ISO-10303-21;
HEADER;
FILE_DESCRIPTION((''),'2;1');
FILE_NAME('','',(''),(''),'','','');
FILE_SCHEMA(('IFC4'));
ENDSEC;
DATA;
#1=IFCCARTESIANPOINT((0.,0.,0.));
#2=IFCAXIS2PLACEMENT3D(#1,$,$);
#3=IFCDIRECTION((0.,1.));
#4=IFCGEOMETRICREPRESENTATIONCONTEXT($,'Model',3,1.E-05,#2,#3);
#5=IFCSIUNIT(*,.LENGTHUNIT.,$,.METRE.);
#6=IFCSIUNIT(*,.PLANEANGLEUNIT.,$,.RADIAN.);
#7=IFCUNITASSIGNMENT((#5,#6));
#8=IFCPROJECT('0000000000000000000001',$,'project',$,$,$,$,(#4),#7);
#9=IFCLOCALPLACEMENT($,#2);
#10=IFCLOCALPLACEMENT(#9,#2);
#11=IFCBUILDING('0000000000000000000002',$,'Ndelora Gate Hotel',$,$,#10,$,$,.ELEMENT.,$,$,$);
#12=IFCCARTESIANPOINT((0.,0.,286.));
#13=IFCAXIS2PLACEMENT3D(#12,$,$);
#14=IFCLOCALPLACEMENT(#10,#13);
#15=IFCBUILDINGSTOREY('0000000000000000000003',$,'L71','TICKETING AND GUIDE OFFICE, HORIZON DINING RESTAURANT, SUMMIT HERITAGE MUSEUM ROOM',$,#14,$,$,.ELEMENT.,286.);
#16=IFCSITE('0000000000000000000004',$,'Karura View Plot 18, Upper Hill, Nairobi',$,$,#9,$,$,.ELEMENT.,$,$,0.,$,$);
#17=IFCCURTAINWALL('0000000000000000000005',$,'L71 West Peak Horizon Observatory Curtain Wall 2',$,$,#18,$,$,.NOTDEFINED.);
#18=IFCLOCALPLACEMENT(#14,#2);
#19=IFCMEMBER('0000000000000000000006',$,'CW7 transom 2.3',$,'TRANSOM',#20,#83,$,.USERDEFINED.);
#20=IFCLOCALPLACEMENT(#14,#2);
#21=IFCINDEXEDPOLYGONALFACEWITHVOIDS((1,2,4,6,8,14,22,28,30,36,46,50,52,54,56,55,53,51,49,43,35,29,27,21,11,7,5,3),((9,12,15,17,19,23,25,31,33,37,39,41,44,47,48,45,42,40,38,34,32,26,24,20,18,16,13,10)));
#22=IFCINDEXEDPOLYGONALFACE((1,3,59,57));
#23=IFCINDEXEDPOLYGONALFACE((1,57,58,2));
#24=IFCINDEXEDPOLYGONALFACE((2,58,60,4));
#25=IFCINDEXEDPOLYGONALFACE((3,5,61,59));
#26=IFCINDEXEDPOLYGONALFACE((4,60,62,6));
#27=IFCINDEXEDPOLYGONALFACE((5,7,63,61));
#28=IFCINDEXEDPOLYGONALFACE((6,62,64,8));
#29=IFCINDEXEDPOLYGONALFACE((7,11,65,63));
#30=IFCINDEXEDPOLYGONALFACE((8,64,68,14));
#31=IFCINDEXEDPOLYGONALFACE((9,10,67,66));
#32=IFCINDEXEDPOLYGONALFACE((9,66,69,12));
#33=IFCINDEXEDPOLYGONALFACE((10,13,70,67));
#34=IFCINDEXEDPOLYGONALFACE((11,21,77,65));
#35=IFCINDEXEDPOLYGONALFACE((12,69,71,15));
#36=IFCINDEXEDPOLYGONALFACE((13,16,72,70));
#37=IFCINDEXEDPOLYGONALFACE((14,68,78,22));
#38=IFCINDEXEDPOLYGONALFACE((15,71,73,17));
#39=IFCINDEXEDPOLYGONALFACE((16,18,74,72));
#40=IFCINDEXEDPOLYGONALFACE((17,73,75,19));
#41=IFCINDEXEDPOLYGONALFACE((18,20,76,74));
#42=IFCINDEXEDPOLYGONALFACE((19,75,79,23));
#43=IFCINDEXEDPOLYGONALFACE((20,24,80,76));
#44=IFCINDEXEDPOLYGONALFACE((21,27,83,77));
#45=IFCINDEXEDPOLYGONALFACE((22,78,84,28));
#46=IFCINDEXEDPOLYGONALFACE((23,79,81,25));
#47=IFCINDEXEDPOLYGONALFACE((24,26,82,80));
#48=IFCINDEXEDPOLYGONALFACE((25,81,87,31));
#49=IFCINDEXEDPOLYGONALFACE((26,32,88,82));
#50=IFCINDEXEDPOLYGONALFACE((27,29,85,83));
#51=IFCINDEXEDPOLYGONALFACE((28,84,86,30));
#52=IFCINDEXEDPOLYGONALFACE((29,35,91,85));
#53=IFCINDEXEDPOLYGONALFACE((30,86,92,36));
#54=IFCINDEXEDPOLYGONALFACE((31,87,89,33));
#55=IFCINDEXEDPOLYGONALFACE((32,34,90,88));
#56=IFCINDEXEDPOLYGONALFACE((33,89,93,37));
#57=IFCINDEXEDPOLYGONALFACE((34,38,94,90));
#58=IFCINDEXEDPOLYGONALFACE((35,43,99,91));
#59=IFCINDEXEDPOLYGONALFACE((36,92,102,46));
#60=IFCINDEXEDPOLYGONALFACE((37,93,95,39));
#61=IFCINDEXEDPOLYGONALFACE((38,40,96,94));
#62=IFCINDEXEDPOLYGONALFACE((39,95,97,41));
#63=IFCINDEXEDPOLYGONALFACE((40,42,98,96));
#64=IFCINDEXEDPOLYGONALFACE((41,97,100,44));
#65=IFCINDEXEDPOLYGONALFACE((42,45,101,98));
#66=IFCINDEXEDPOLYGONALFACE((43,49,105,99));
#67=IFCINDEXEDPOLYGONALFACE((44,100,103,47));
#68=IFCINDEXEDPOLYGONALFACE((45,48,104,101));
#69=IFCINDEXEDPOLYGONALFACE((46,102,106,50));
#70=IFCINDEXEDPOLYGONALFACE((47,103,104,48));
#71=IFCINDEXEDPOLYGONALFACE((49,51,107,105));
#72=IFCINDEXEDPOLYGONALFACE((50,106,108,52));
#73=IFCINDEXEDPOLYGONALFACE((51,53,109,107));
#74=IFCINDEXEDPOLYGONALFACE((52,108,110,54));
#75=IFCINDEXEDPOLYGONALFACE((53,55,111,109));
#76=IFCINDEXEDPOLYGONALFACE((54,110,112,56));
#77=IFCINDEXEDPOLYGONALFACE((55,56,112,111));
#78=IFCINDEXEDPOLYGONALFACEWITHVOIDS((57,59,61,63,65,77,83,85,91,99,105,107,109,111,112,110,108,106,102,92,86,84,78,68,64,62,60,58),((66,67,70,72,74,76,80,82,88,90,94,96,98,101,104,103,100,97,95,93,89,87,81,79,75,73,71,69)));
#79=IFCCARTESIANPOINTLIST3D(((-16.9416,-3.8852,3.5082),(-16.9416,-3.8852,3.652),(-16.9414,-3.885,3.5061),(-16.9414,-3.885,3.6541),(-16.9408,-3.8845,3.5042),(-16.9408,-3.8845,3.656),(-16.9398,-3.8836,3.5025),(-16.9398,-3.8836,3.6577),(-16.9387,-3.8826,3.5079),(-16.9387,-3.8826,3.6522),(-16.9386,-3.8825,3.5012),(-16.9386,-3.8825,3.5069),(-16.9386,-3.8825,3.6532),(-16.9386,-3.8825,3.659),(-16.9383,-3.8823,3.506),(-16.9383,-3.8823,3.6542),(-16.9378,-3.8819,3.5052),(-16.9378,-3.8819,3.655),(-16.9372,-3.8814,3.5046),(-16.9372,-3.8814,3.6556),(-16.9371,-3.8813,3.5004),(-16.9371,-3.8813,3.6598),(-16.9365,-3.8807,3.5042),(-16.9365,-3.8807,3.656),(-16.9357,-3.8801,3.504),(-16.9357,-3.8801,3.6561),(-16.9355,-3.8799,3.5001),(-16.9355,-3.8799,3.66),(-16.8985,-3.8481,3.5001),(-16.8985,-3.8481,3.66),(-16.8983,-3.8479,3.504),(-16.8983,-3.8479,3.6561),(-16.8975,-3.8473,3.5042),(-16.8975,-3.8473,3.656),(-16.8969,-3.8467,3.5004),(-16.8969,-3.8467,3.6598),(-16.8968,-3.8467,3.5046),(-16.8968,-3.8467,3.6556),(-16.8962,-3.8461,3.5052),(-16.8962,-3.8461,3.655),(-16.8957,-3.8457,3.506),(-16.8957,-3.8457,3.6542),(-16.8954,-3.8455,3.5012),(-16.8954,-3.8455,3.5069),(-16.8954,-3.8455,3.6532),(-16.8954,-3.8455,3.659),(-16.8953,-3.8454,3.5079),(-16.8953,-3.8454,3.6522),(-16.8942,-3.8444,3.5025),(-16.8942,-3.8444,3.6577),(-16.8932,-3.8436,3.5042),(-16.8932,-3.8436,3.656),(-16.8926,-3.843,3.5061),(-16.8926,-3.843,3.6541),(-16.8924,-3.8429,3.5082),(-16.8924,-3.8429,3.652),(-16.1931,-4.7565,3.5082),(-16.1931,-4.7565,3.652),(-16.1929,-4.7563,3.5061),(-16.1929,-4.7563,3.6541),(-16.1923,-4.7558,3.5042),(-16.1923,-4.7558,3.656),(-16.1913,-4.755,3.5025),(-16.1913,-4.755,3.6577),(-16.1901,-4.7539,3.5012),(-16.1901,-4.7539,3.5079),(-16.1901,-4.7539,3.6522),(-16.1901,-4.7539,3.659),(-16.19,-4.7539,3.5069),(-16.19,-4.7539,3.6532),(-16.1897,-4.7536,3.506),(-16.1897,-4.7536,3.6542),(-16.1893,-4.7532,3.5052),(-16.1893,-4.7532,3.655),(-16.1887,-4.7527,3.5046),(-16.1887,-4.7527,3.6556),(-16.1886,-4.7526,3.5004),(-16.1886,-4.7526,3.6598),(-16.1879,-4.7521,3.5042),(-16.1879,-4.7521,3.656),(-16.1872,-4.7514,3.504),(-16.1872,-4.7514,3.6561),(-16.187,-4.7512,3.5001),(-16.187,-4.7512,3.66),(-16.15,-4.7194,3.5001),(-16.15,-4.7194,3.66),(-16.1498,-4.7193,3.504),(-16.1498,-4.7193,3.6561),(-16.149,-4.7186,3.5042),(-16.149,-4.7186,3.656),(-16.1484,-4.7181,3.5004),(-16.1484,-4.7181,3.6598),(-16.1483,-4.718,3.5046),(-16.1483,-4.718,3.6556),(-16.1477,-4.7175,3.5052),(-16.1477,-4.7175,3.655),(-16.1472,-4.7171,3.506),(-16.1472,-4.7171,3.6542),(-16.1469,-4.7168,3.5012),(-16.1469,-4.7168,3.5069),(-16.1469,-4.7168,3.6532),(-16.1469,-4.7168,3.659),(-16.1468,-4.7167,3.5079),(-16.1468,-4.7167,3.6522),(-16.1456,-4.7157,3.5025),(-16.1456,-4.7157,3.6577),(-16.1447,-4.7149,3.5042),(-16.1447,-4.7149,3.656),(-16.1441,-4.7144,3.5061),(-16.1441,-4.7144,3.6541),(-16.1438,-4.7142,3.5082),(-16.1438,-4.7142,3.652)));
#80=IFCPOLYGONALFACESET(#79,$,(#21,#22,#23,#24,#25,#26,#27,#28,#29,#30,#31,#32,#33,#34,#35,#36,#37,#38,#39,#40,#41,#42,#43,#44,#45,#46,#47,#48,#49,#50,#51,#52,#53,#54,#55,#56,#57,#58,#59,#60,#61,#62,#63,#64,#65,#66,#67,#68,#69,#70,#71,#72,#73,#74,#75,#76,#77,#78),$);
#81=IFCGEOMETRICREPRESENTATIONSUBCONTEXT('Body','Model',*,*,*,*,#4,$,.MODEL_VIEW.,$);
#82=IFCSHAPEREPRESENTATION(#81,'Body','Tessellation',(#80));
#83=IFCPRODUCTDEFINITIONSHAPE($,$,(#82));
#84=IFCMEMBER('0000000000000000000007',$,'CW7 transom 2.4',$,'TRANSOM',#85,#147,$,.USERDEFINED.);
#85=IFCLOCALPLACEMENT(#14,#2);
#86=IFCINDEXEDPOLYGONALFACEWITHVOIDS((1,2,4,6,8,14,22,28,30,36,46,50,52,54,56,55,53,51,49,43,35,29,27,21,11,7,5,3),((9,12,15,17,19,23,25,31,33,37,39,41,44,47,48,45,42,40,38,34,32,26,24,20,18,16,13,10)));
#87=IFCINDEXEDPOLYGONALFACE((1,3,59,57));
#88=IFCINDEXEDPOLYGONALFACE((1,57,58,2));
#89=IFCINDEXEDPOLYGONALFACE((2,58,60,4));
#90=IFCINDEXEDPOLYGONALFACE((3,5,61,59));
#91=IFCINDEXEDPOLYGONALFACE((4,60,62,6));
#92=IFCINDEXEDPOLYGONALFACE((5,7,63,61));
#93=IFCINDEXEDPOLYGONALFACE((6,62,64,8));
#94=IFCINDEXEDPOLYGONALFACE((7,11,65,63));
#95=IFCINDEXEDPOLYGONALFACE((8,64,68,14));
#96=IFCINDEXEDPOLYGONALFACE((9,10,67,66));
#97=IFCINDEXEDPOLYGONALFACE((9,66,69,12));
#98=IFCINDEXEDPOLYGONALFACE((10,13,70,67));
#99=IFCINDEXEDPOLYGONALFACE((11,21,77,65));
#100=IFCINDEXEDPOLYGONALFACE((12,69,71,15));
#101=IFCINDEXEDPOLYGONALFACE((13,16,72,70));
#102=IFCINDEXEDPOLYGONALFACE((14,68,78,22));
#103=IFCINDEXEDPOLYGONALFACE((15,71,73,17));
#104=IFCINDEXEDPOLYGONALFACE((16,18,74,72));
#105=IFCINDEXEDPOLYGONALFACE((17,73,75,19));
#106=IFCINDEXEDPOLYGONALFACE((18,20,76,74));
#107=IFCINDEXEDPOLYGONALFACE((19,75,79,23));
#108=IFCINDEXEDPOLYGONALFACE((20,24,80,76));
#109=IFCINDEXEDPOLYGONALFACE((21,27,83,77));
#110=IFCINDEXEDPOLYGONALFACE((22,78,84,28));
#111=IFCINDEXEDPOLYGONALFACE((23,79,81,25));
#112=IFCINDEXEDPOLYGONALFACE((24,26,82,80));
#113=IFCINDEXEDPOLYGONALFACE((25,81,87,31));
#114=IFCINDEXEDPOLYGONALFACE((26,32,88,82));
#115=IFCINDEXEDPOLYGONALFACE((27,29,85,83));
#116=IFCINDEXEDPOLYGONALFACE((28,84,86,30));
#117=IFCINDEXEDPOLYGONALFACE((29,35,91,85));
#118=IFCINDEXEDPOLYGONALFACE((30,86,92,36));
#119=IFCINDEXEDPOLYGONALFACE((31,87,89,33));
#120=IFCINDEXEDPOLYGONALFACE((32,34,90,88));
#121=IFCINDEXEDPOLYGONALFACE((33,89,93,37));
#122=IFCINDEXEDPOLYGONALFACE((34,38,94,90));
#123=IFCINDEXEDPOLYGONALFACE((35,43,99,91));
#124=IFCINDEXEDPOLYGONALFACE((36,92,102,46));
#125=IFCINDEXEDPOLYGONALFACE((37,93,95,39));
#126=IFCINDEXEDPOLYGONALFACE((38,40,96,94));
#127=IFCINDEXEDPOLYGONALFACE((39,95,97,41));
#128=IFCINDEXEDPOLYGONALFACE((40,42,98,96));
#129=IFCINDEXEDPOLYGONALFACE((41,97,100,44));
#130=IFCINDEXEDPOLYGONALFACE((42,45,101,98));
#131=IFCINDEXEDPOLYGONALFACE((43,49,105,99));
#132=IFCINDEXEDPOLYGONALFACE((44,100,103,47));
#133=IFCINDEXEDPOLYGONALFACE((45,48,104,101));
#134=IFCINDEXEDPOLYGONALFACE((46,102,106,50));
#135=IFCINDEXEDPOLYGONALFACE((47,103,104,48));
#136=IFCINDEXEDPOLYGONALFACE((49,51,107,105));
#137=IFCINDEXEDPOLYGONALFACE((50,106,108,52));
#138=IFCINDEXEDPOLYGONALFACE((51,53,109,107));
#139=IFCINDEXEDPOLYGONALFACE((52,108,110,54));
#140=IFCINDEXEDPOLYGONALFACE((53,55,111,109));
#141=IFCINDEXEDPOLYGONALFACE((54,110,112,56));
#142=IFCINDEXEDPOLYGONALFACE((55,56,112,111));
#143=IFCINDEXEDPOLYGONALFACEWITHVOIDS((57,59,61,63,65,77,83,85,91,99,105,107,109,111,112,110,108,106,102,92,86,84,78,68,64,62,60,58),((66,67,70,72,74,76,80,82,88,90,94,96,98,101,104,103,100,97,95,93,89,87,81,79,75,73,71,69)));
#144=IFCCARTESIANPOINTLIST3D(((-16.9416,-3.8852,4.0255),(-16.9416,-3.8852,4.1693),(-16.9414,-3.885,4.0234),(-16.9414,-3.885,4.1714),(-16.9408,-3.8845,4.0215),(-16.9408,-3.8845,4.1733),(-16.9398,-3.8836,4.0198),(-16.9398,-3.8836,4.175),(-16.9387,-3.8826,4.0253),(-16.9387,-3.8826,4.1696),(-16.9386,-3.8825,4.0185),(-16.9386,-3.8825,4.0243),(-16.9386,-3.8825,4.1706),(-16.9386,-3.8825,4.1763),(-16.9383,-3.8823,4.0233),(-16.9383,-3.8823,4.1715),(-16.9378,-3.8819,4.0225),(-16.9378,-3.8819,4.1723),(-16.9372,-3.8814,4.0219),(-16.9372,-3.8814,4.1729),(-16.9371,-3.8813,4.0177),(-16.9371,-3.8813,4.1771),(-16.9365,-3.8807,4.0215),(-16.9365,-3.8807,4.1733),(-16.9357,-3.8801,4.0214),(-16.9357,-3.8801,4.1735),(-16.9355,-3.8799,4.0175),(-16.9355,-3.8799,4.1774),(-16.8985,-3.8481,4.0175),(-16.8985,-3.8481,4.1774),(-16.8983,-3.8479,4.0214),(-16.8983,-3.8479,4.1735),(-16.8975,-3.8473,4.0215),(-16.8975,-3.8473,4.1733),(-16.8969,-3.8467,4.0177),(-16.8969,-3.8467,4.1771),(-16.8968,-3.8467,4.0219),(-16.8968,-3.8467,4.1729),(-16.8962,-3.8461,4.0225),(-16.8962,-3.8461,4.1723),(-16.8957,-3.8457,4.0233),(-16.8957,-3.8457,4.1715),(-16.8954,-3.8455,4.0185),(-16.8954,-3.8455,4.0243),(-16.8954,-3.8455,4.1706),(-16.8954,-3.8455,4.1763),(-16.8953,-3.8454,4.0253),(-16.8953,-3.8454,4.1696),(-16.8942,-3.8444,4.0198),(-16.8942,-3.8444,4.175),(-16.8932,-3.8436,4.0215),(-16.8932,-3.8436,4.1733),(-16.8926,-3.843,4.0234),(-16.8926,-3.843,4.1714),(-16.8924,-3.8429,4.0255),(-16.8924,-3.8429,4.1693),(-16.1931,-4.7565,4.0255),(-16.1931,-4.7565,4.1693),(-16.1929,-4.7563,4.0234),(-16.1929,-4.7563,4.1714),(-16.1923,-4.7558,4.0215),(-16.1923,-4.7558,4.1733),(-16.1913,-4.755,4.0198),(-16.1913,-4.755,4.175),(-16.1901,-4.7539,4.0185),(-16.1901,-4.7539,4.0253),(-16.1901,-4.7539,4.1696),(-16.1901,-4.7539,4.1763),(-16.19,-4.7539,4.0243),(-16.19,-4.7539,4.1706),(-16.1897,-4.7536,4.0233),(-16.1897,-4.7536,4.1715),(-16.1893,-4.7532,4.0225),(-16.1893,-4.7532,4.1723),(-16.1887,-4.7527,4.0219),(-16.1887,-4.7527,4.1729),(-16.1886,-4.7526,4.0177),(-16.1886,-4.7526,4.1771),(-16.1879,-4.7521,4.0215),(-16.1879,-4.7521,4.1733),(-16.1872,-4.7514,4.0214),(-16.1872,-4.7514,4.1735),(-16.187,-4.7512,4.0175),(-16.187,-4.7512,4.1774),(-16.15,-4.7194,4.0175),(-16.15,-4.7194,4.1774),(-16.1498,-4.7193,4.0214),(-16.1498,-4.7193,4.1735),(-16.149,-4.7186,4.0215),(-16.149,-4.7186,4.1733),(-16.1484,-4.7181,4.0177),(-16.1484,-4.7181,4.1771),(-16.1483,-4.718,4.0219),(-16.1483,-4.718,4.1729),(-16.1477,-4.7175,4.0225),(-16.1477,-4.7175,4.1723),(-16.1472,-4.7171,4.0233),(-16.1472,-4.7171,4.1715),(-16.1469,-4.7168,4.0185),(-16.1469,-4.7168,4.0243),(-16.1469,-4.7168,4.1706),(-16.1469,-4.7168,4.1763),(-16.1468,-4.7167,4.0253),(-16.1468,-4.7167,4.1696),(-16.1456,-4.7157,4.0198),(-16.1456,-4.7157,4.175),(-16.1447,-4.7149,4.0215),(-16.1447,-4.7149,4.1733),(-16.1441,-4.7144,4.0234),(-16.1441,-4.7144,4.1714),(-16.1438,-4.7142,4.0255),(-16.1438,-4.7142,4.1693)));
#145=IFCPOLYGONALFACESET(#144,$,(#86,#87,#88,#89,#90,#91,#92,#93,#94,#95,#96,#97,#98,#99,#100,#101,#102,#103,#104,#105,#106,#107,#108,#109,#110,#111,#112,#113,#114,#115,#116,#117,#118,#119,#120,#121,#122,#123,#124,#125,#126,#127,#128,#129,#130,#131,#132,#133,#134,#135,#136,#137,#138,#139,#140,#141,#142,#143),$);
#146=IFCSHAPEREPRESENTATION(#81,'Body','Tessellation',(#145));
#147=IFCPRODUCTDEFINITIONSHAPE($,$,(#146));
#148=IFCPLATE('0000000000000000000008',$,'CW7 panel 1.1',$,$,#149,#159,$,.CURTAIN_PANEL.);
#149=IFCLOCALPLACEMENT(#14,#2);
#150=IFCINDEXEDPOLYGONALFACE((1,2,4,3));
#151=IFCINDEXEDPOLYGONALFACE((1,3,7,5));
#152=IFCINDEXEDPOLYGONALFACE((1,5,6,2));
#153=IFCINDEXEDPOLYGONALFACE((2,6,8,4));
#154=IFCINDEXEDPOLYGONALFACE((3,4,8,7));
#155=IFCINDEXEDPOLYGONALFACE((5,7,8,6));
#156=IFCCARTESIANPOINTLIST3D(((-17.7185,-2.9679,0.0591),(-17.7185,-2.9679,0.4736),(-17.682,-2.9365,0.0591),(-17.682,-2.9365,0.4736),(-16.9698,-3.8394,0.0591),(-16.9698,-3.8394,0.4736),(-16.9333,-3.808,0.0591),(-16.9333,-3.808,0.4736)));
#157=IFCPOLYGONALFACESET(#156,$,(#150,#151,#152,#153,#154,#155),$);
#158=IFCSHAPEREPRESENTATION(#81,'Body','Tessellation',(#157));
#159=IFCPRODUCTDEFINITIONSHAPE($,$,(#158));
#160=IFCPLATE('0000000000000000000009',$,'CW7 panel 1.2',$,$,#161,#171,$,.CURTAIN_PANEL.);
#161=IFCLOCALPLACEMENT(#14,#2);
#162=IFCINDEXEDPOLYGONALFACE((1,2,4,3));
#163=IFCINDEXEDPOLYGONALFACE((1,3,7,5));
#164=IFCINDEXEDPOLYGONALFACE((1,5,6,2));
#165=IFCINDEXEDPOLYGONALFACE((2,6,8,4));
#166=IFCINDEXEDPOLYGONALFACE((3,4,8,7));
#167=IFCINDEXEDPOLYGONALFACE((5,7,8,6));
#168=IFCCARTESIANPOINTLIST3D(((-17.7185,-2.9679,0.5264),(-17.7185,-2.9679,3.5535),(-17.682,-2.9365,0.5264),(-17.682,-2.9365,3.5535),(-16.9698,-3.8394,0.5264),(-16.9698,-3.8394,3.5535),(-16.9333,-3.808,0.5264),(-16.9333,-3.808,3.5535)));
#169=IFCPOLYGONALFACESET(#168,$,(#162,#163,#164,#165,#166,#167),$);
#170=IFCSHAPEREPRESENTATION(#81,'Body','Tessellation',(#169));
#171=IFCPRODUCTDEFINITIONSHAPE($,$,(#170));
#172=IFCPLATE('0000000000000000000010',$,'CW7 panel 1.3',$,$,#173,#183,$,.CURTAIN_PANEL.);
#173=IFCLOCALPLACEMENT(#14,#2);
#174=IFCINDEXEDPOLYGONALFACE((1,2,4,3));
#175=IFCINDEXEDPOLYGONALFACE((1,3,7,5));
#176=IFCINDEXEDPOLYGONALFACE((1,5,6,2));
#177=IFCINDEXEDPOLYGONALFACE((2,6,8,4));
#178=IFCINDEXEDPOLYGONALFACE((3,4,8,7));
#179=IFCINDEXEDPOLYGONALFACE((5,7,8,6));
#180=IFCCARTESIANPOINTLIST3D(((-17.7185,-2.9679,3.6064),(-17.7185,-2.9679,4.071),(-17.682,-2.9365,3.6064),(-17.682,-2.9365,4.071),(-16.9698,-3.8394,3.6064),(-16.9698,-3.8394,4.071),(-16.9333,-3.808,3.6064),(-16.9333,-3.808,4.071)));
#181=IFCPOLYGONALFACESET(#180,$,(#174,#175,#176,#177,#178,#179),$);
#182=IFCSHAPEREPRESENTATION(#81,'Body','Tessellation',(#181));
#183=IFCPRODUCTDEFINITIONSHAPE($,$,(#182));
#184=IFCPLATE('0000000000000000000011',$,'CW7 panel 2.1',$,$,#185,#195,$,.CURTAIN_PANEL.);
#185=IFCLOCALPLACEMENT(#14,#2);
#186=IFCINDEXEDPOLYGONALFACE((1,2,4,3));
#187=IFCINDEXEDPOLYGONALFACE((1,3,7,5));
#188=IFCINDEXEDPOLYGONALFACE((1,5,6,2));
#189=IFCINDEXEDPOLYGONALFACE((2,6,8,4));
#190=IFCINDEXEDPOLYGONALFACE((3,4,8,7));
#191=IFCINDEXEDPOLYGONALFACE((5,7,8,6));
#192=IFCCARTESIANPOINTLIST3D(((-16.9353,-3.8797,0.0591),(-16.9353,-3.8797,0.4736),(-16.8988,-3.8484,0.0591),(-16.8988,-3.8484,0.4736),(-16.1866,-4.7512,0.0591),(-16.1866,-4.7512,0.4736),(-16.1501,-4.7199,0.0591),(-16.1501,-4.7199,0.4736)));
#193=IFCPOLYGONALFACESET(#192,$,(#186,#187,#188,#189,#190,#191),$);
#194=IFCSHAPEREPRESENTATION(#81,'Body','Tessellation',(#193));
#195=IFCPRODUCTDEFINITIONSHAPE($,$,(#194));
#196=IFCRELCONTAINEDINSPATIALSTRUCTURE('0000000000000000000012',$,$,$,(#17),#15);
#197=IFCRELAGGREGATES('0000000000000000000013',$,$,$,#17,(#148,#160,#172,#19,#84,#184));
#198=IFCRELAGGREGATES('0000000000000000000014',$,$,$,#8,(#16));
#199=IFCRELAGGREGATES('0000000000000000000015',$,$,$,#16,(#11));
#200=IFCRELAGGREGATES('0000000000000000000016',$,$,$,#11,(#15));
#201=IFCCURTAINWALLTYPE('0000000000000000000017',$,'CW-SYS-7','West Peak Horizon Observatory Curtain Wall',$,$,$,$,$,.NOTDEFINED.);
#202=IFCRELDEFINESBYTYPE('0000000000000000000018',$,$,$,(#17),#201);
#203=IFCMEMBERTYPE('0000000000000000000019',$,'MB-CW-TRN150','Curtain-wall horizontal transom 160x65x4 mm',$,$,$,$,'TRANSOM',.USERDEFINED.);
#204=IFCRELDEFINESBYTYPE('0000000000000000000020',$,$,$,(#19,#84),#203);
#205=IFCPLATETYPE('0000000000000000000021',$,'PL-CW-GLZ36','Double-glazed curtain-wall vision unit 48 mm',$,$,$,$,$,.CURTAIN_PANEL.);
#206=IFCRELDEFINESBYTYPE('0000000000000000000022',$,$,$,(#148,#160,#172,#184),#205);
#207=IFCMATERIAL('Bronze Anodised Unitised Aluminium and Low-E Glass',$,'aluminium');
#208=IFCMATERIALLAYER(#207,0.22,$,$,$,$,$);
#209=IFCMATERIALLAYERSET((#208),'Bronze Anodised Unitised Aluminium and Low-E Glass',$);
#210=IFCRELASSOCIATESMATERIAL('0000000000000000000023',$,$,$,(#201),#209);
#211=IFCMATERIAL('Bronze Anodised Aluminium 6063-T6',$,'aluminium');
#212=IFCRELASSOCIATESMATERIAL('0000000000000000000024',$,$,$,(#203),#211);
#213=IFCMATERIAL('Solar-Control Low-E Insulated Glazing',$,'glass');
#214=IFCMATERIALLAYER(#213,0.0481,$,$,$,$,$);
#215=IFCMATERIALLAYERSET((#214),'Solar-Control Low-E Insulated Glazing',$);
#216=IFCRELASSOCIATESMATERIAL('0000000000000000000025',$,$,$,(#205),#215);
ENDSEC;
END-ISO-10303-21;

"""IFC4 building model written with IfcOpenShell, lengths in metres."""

from ifc_helpers import new_model, si_unit, direction, frame, origin, origin_2d, place, context, subcontext, project, spatial, rectangle, hollow_rectangle, extrude, material, layer, layer_set, material_profile, profile_set, type_object, element, aggregate, save


model = new_model("IFC4")

# Units and contexts
model_context = context("Model", 3, precision=1e-05, world=origin(), true_north=direction((0.0, 1.0)))
body_context = subcontext(model_context, "Body", "Model", "MODEL_VIEW")
ifc_project = project(units=[si_unit("LENGTHUNIT", "METRE"), si_unit("PLANEANGLEUNIT", "RADIAN")], contexts=[model_context])

# Site, building, storey
site_placement = place(None, origin())
site = spatial("IfcSite", under=ifc_project, at=site_placement, Name="Karura View Plot 18, Upper Hill, Nairobi", CompositionType="ELEMENT", RefElevation=0.0)
building_placement = place(site_placement, origin())
building = spatial("IfcBuilding", under=site, at=building_placement, Name="Ndelora Gate Hotel", CompositionType="ELEMENT")
storey_placement = place(building_placement, frame((0.0, 0.0, 286.0)))
storey = spatial("IfcBuildingStorey", under=building, at=storey_placement, Name="L71", Description="TICKETING AND GUIDE OFFICE, HORIZON DINING RESTAURANT, SUMMIT HERITAGE MUSEUM ROOM", CompositionType="ELEMENT", Elevation=286.0)

# Curtain wall, members, plates
ifc_material_1 = material(Name="Bronze Anodised Unitised Aluminium and Low-E Glass", Category="aluminium")
ifc_layer_1 = layer(ifc_material_1, 0.22)
ifc_layer_set_1 = layer_set([ifc_layer_1], Name="Bronze Anodised Unitised Aluminium and Low-E Glass")
curtain_wall_type = type_object("IfcCurtainWallType", Name="CW-SYS-7", Description="West Peak Horizon Observatory Curtain Wall", PredefinedType="NOTDEFINED", material=ifc_layer_set_1)
curtain_wall_placement = place(storey_placement, origin())
curtain_wall = element("IfcCurtainWall", 1, at=curtain_wall_placement, inside=storey, type_object=curtain_wall_type, Name="L71 West Peak Horizon Observatory Curtain Wall 2", PredefinedType="NOTDEFINED")
ifc_material_2 = material(Name="Bronze Anodised Aluminium 6063-T6", Category="aluminium")
ifc_material_profile_1 = material_profile(ifc_material_2, hollow_rectangle(XDim=0.0649, YDim=0.1599, WallThickness=0.0039, InnerFilletRadius=0.0039, OuterFilletRadius=0.0081, at=origin_2d()), Name="ALU 160x65x4")
ifc_profile_set_1 = profile_set([ifc_material_profile_1], Name="Bronze Anodised Aluminium 6063-T6")
member_type_1 = type_object("IfcMemberType", Name="MB-CW-TRN150", Description="Curtain-wall horizontal transom 160x65x4 mm", ElementType="TRANSOM", PredefinedType="USERDEFINED", material=ifc_profile_set_1)
member_1_placement = place(storey_placement, frame((-16.917, -3.864, 3.5801), z_axis=(0.651631, -0.758536, 0.0), x_axis=(0.758536, 0.651631, 0.0)))
member_1 = element("IfcMember", 2, at=member_1_placement, type_object=member_type_1, Name="CW7 transom 2.3", ObjectType="TRANSOM", PredefinedType="USERDEFINED", context=body_context, shape_type="SweptSolid", body=[
    extrude(hollow_rectangle(XDim=0.0649, YDim=0.1599, WallThickness=0.0039, InnerFilletRadius=0.0039, OuterFilletRadius=0.0081, at=origin_2d()), origin(), (0.0, 0.0, 1.0), 1.1487),
])
member_2_placement = place(storey_placement, frame((-16.917, -3.864, 4.0974), z_axis=(0.651631, -0.758536, 0.0), x_axis=(0.758536, 0.651631, 0.0)))
member_2 = element("IfcMember", 3, at=member_2_placement, type_object=member_type_1, Name="CW7 transom 2.4", ObjectType="TRANSOM", PredefinedType="USERDEFINED", context=body_context, shape_type="SweptSolid", body=[
    extrude(hollow_rectangle(XDim=0.0649, YDim=0.1599, WallThickness=0.0039, InnerFilletRadius=0.0039, OuterFilletRadius=0.0081, at=origin_2d()), origin(), (0.0, 0.0, 1.0), 1.1487),
])
ifc_material_3 = material(Name="Solar-Control Low-E Insulated Glazing", Category="glass")
ifc_layer_2 = layer(ifc_material_3, 0.0481)
ifc_layer_set_2 = layer_set([ifc_layer_2], Name="Solar-Control Low-E Insulated Glazing")
plate_type = type_object("IfcPlateType", Name="PL-CW-GLZ36", Description="Double-glazed curtain-wall vision unit 48 mm", PredefinedType="CURTAIN_PANEL", material=ifc_layer_set_2)
plate_1_placement = place(storey_placement, frame((-17.3259, -3.3879, 0.0591), z_axis=(0.0, 0.0, 1.0), x_axis=(0.651638, -0.75853, 0.0)))
plate_1 = element("IfcPlate", 4, at=plate_1_placement, type_object=plate_type, Name="CW7 panel 1.1", PredefinedType="CURTAIN_PANEL", context=body_context, shape_type="SweptSolid", body=[
    extrude(rectangle(XDim=1.1489, YDim=0.0481, at=origin_2d()), origin(), (0.0, 0.0, 1.0), 0.4146),
])
plate_2_placement = place(storey_placement, frame((-17.3259, -3.3879, 0.5264), z_axis=(0.0, 0.0, 1.0), x_axis=(0.651638, -0.75853, 0.0)))
plate_2 = element("IfcPlate", 5, at=plate_2_placement, type_object=plate_type, Name="CW7 panel 1.2", PredefinedType="CURTAIN_PANEL", context=body_context, shape_type="SweptSolid", body=[
    extrude(rectangle(XDim=1.1489, YDim=0.0481, at=origin_2d()), origin(), (0.0, 0.0, 1.0), 3.0271),
])
plate_3_placement = place(storey_placement, frame((-17.3259, -3.3879, 3.6064), z_axis=(0.0, 0.0, 1.0), x_axis=(0.651638, -0.75853, 0.0)))
plate_3 = element("IfcPlate", 6, at=plate_3_placement, type_object=plate_type, Name="CW7 panel 1.3", PredefinedType="CURTAIN_PANEL", context=body_context, shape_type="SweptSolid", body=[
    extrude(rectangle(XDim=1.1489, YDim=0.0481, at=origin_2d()), origin(), (0.0, 0.0, 1.0), 0.4646),
])
plate_4_placement = place(storey_placement, frame((-16.5427, -4.2998, 0.0591), z_axis=(0.0, 0.0, 1.0), x_axis=(0.651638, -0.75853, 0.0)))
plate_4 = element("IfcPlate", 7, at=plate_4_placement, type_object=plate_type, Name="CW7 panel 2.1", PredefinedType="CURTAIN_PANEL", context=body_context, shape_type="SweptSolid", body=[
    extrude(rectangle(XDim=1.1489, YDim=0.0481, at=origin_2d()), origin(), (0.0, 0.0, 1.0), 0.4146),
])
aggregate(curtain_wall, [plate_1, plate_2, plate_3, member_1, member_2, plate_4])

save(model, "model.ifc")
